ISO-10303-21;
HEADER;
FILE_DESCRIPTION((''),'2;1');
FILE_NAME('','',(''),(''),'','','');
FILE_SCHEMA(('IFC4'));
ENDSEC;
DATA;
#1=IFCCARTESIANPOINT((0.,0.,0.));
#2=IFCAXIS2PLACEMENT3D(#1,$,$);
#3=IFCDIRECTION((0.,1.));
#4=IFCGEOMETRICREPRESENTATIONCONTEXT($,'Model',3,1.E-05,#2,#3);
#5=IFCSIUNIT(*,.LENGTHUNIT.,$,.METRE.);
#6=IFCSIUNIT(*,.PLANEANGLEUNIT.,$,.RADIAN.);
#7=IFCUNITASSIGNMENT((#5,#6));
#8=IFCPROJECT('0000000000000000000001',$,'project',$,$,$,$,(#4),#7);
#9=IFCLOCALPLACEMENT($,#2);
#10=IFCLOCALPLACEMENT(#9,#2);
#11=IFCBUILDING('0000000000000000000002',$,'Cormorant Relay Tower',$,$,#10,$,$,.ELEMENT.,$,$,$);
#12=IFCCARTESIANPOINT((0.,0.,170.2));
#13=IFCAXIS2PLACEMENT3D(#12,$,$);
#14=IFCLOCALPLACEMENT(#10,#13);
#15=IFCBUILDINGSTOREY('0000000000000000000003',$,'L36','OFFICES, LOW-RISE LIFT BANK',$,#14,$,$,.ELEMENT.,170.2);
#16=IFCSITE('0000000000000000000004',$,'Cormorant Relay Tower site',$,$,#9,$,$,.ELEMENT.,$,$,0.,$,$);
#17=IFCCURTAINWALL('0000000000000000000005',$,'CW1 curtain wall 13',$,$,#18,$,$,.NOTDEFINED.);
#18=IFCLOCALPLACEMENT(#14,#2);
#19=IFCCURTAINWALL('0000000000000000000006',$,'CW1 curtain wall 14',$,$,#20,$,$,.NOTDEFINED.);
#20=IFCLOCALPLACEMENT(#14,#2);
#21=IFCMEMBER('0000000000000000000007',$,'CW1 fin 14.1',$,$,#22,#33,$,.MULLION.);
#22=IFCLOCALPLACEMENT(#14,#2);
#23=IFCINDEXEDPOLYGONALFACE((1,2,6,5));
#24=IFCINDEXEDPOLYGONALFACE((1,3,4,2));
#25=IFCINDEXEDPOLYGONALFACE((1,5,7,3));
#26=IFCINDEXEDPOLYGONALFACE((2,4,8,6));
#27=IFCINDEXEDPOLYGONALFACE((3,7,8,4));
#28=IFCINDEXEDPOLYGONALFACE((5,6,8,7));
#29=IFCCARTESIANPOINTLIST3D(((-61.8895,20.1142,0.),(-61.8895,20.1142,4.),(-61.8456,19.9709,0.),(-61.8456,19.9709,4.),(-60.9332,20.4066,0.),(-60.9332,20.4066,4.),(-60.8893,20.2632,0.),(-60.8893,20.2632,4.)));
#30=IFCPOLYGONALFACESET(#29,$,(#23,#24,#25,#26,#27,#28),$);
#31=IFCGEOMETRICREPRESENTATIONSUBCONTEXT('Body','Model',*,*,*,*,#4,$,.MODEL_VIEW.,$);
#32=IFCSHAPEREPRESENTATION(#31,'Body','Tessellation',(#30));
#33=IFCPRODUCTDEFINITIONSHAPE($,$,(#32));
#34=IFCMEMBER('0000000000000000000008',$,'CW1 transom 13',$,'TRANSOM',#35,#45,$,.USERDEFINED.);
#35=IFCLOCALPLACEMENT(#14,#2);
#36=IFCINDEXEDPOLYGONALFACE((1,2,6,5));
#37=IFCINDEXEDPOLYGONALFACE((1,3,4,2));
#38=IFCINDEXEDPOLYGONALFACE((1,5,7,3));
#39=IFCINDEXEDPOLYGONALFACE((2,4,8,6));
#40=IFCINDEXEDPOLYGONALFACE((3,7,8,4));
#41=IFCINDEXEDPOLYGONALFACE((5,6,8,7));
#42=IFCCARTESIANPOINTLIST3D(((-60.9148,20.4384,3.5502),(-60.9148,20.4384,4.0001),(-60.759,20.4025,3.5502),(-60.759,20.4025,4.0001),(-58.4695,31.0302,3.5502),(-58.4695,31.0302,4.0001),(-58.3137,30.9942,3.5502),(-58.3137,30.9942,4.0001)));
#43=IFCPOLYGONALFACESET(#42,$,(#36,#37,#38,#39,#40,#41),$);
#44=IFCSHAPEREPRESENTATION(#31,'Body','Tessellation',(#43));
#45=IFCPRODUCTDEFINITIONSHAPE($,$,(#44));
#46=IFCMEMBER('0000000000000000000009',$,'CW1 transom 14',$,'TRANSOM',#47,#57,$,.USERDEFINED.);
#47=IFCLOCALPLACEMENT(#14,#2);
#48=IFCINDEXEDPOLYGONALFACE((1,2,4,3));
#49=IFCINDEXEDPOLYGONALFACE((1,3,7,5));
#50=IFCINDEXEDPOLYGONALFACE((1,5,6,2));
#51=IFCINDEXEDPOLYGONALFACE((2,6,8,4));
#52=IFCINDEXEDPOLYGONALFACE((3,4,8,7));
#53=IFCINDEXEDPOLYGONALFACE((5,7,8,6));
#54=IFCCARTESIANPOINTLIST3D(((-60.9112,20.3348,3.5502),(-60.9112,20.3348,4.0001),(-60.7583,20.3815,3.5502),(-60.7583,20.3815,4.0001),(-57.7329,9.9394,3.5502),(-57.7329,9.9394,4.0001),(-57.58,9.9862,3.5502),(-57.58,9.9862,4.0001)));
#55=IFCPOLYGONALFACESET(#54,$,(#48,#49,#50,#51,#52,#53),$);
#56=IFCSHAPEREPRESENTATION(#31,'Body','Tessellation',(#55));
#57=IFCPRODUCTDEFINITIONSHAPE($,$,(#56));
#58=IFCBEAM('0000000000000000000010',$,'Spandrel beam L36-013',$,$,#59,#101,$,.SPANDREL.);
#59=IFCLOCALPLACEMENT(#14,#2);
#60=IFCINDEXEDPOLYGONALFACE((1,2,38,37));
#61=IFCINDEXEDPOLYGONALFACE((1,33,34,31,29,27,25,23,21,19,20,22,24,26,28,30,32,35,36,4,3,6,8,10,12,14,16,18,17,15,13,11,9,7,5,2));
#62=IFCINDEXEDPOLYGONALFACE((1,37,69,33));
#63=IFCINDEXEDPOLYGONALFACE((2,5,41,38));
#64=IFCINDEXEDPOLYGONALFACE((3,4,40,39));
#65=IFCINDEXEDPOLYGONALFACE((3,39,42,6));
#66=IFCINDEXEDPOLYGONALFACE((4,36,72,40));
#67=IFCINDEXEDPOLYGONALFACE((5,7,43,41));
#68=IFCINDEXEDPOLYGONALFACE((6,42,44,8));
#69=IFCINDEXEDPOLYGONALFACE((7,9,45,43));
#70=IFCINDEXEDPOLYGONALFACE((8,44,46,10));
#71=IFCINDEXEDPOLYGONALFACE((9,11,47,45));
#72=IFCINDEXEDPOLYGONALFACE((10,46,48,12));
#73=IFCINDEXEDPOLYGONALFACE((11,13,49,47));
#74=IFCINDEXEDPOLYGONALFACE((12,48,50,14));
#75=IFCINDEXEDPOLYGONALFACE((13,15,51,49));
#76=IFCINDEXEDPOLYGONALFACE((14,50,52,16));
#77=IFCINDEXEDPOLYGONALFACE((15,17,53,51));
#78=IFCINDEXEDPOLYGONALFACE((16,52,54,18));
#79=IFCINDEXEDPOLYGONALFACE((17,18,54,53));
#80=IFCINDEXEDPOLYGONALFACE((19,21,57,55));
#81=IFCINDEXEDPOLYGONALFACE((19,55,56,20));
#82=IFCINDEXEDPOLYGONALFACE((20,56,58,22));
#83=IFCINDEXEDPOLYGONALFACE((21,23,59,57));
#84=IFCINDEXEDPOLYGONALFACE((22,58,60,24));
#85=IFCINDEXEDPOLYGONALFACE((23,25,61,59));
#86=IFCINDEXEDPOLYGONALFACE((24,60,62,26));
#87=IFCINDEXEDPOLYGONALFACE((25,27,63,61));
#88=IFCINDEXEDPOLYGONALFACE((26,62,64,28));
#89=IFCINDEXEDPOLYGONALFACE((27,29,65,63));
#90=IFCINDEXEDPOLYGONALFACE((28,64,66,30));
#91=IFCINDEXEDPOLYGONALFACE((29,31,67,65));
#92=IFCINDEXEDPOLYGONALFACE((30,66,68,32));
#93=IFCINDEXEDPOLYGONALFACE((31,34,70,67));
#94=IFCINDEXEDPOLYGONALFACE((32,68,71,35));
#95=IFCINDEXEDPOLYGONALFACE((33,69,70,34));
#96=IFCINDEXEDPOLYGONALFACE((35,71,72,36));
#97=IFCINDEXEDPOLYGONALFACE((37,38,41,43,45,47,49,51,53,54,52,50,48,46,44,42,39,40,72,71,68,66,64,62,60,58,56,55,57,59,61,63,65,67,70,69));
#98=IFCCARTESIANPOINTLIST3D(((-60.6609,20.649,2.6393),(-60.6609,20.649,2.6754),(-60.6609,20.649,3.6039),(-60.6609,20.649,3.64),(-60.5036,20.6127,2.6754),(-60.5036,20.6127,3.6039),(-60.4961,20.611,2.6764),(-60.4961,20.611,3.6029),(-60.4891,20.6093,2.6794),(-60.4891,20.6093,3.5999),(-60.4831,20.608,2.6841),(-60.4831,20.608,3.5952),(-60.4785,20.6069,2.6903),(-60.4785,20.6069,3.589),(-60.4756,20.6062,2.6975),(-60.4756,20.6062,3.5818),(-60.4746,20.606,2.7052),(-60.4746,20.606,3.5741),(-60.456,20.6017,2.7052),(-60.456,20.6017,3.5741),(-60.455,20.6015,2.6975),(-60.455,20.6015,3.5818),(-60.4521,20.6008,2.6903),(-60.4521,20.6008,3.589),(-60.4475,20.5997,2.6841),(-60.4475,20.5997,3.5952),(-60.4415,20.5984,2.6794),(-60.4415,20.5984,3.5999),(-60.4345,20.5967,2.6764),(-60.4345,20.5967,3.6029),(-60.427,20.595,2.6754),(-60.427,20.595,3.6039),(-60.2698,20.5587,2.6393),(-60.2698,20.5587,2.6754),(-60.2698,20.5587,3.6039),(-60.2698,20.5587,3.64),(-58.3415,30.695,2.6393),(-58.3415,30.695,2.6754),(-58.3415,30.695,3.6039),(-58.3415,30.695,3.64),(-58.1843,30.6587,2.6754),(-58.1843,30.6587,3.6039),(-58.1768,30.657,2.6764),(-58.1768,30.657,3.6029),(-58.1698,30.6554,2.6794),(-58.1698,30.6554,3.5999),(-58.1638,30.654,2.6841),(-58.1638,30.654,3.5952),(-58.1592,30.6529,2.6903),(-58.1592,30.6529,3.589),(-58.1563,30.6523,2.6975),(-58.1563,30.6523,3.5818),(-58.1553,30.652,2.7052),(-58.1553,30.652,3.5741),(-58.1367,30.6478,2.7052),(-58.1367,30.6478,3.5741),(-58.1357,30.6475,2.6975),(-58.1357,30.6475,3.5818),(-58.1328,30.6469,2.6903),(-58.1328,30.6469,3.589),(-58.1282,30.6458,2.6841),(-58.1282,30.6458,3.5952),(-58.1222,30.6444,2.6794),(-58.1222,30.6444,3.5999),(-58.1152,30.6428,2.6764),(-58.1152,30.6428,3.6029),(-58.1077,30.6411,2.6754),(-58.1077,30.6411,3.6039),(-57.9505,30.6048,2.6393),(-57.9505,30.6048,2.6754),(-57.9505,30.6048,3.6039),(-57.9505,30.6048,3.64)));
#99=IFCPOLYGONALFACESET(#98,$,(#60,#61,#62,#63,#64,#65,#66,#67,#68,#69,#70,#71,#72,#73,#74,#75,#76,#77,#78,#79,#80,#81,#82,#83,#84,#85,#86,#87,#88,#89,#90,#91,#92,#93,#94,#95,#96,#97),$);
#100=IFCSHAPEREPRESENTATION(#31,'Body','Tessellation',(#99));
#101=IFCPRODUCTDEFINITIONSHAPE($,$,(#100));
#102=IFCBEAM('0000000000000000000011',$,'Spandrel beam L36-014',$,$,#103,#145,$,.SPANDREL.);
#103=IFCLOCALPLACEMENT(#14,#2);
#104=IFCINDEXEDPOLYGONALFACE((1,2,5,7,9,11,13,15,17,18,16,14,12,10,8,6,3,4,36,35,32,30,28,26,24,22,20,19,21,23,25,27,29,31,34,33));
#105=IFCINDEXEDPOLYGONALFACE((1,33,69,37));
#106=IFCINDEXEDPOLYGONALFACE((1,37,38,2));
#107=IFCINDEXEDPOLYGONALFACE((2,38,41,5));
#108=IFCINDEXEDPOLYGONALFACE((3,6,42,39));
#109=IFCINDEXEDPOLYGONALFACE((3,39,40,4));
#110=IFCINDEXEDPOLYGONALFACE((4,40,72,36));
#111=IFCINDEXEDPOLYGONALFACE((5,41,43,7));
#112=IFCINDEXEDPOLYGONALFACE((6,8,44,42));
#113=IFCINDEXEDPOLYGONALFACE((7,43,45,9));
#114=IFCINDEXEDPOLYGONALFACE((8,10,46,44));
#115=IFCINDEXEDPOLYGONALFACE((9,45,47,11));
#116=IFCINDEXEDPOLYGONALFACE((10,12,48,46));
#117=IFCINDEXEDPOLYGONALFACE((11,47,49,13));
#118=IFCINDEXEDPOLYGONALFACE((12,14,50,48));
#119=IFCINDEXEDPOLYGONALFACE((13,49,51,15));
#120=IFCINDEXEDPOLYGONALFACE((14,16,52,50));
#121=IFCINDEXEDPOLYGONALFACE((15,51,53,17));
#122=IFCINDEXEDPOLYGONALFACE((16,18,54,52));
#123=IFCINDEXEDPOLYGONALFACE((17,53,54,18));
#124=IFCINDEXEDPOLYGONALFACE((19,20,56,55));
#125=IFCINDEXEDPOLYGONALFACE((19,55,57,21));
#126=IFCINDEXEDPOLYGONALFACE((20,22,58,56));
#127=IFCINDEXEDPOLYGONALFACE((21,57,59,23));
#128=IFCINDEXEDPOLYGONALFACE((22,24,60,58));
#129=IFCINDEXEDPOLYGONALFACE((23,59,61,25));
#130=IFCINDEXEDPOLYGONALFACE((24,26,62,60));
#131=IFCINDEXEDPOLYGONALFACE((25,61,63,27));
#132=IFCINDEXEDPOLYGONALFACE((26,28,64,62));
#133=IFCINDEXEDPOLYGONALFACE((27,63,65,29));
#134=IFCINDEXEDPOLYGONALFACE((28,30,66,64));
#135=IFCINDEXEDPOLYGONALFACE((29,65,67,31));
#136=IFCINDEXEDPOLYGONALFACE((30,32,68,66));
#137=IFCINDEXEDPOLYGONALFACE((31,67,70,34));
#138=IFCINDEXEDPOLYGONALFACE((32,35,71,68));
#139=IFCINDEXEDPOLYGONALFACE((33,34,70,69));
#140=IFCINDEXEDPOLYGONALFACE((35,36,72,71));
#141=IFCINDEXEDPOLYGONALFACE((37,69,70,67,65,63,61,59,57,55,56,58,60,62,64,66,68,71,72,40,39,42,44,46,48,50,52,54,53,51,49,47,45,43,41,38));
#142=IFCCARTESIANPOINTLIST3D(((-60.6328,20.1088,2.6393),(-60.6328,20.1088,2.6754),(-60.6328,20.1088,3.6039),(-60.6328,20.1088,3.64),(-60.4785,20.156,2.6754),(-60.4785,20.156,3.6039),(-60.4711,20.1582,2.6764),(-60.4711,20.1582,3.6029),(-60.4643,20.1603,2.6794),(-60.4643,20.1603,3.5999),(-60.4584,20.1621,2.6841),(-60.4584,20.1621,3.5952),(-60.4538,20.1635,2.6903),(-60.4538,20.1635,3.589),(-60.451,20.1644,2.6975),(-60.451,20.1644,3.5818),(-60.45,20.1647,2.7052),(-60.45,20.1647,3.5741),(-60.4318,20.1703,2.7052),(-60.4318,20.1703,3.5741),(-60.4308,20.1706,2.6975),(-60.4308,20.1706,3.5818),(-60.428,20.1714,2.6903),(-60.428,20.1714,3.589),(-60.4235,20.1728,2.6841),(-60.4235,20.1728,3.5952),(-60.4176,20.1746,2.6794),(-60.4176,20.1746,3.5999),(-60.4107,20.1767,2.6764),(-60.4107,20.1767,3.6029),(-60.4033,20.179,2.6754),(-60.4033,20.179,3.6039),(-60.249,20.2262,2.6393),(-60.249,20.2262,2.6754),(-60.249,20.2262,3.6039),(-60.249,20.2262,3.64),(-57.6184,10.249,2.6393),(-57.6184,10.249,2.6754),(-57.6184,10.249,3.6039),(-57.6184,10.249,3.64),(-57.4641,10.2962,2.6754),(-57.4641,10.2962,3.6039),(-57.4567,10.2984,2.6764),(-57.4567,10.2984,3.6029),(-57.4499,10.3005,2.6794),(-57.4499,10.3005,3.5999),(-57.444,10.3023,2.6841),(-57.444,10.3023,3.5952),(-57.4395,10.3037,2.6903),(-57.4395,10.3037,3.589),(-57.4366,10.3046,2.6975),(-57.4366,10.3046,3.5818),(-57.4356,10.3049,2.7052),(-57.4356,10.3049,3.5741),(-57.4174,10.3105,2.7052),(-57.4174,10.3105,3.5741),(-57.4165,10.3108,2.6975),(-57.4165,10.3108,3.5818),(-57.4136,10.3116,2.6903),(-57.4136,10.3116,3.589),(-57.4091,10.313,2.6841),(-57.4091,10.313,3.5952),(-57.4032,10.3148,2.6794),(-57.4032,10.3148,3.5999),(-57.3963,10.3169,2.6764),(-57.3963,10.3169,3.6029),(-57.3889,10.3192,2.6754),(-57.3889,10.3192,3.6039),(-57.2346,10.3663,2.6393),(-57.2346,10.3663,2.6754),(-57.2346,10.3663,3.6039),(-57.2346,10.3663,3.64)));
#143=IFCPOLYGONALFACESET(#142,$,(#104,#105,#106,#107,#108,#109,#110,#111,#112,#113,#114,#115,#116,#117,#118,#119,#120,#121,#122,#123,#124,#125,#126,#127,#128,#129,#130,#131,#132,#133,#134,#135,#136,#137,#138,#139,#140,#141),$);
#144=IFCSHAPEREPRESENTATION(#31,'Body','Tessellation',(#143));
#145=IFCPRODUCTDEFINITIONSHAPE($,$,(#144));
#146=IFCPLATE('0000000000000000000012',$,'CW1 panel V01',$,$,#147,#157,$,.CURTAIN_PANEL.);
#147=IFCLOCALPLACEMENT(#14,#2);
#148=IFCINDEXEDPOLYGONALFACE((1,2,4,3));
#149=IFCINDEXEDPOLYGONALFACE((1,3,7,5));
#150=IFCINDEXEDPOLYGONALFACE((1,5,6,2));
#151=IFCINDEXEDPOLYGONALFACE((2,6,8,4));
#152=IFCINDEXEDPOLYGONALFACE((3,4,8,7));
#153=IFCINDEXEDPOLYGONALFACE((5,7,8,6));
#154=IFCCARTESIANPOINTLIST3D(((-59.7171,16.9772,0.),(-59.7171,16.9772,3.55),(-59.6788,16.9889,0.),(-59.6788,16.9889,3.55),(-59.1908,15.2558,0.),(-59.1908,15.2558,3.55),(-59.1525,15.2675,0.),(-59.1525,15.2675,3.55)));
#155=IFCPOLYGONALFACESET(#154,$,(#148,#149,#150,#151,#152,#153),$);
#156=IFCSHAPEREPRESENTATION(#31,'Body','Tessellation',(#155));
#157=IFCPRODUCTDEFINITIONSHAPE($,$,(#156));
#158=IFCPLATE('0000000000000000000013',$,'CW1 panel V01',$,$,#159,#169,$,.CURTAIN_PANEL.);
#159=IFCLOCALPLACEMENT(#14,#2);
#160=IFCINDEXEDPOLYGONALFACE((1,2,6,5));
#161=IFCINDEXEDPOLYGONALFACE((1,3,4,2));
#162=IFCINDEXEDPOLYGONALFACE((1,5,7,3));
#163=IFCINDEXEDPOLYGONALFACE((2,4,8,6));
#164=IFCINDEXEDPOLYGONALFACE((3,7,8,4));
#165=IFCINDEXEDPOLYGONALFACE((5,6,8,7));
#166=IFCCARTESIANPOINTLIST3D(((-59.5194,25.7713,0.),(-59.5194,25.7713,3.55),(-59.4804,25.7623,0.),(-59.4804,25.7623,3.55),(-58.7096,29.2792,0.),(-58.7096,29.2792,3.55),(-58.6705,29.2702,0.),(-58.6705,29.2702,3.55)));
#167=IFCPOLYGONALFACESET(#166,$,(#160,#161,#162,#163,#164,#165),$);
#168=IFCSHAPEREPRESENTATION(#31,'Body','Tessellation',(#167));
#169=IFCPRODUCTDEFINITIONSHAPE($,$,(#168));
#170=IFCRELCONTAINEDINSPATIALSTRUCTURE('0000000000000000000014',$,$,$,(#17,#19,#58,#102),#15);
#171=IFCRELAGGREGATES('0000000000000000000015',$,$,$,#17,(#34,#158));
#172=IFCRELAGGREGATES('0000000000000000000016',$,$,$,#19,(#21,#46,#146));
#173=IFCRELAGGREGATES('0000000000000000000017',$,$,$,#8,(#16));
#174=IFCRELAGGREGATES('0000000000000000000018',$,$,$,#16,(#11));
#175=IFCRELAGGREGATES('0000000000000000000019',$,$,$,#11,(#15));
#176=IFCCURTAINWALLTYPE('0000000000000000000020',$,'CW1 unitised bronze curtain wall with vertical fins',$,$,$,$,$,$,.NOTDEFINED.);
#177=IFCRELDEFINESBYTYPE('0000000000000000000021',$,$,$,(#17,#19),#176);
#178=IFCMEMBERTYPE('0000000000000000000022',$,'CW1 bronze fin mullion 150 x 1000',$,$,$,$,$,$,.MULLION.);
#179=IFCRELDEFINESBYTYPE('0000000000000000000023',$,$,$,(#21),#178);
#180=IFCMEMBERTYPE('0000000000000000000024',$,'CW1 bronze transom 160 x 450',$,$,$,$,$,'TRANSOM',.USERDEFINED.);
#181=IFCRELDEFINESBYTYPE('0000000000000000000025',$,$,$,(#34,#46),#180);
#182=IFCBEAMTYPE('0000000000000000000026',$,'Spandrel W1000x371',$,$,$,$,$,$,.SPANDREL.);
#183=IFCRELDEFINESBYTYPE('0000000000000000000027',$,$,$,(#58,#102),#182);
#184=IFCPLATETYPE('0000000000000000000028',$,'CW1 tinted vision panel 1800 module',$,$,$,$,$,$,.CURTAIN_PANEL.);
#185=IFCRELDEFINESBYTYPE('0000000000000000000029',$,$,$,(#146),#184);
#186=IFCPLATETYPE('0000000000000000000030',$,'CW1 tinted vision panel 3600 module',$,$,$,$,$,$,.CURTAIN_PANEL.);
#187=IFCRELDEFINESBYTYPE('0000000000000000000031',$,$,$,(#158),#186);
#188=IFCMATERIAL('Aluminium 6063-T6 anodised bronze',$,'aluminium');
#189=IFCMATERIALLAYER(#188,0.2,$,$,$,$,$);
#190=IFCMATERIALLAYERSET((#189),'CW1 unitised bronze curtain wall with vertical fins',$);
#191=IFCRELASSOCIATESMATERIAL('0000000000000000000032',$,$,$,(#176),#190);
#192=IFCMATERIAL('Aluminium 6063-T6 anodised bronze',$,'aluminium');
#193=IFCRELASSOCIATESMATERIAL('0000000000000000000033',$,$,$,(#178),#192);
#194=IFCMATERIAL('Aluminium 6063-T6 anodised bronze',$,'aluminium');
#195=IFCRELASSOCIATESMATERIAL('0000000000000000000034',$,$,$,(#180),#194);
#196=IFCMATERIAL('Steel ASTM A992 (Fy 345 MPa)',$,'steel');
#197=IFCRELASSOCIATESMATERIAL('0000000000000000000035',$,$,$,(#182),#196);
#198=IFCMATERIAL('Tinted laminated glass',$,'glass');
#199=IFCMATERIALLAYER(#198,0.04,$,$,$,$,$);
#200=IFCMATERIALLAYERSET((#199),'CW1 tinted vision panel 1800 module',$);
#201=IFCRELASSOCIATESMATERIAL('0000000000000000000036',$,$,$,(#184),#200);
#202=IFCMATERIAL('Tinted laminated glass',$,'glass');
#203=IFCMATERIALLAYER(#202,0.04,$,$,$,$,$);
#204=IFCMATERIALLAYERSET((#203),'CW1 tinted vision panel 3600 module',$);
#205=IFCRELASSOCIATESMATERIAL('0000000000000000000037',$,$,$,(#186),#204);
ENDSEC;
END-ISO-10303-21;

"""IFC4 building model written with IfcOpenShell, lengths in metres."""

from ifc_helpers import new_model, si_unit, direction, frame, origin, origin_2d, place, context, subcontext, project, spatial, rectangle, i_section, extrude, material, layer, layer_set, material_profile, profile_set, type_object, element, aggregate, save


model = new_model("IFC4")

# Units and contexts
model_context = context("Model", 3, precision=1e-05, world=origin(), true_north=direction((0.0, 1.0)))
body_context = subcontext(model_context, "Body", "Model", "MODEL_VIEW")
ifc_project = project(units=[si_unit("LENGTHUNIT", "METRE"), si_unit("PLANEANGLEUNIT", "RADIAN")], contexts=[model_context])

# Site, building, storey
site_placement = place(None, origin())
site = spatial("IfcSite", under=ifc_project, at=site_placement, Name="Cormorant Relay Tower site", CompositionType="ELEMENT", RefElevation=0.0)
building_placement = place(site_placement, origin())
building = spatial("IfcBuilding", under=site, at=building_placement, Name="Cormorant Relay Tower", CompositionType="ELEMENT")
storey_placement = place(building_placement, frame((0.0, 0.0, 170.2)))
storey = spatial("IfcBuildingStorey", under=building, at=storey_placement, Name="L36", Description="OFFICES, LOW-RISE LIFT BANK", CompositionType="ELEMENT", Elevation=170.2)

# Curtain walls, member
ifc_material_1 = material(Name="Aluminium 6063-T6 anodised bronze", Category="aluminium")
ifc_layer_1 = layer(ifc_material_1, 0.2)
ifc_layer_set_1 = layer_set([ifc_layer_1], Name="CW1 unitised bronze curtain wall with vertical fins")
curtain_wall_type = type_object("IfcCurtainWallType", Name="CW1 unitised bronze curtain wall with vertical fins", PredefinedType="NOTDEFINED", material=ifc_layer_set_1)
curtain_wall_1_placement = place(storey_placement, origin())
curtain_wall_1 = element("IfcCurtainWall", 1, at=curtain_wall_1_placement, inside=storey, type_object=curtain_wall_type, Name="CW1 curtain wall 13", PredefinedType="NOTDEFINED")
ifc_material_2 = material(Name="Aluminium 6063-T6 anodised bronze", Category="aluminium")
ifc_material_profile_1 = material_profile(ifc_material_2, rectangle(XDim=0.1499, YDim=1.0, at=origin_2d()), Name="AL 150x1000")
ifc_profile_set_1 = profile_set([ifc_material_profile_1], Name="Aluminium 6063-T6 anodised bronze")
member_type_1 = type_object("IfcMemberType", Name="CW1 bronze fin mullion 150 x 1000", PredefinedType="MULLION", material=ifc_profile_set_1)
curtain_wall_2_placement = place(storey_placement, origin())
curtain_wall_2 = element("IfcCurtainWall", 2, at=curtain_wall_2_placement, inside=storey, type_object=curtain_wall_type, Name="CW1 curtain wall 14", PredefinedType="NOTDEFINED")
member_1_placement = place(storey_placement, frame((-61.3894, 20.1887, 0.0), z_axis=(0.0, 0.0, 1.0), x_axis=(0.292372, -0.956305, 0.0)))
member_1 = element("IfcMember", 3, at=member_1_placement, type_object=member_type_1, Name="CW1 fin 14.1", PredefinedType="MULLION", context=body_context, shape_type="SweptSolid", body=[
    extrude(rectangle(XDim=0.1499, YDim=1.0, at=origin_2d()), origin(), (0.0, 0.0, 1.0), 4.0),
])

# Members
ifc_material_3 = material(Name="Aluminium 6063-T6 anodised bronze", Category="aluminium")
ifc_material_profile_2 = material_profile(ifc_material_3, rectangle(XDim=0.1599, YDim=0.45, at=origin_2d()), Name="AL 160x450")
ifc_profile_set_2 = profile_set([ifc_material_profile_2], Name="Aluminium 6063-T6 anodised bronze")
member_type_2 = type_object("IfcMemberType", Name="CW1 bronze transom 160 x 450", ElementType="TRANSOM", PredefinedType="USERDEFINED", material=ifc_profile_set_2)
member_2_placement = place(storey_placement, frame((-58.3916, 31.0122, 3.7751), z_axis=(-0.224951, -0.97437, 0.0), x_axis=(0.97437, -0.224951, 0.0)))
member_2 = element("IfcMember", 4, at=member_2_placement, type_object=member_type_2, Name="CW1 transom 13", ObjectType="TRANSOM", PredefinedType="USERDEFINED", context=body_context, shape_type="SweptSolid", body=[
    extrude(rectangle(XDim=0.1599, YDim=0.45, at=origin_2d()), origin(), (0.0, 0.0, 1.0), 10.8704),
])
member_3_placement = place(storey_placement, frame((-60.8347, 20.3582, 3.7751), z_axis=(0.292378, -0.956303, 0.0), x_axis=(0.956303, 0.292378, 0.0)))
member_3 = element("IfcMember", 5, at=member_3_placement, type_object=member_type_2, Name="CW1 transom 14", ObjectType="TRANSOM", PredefinedType="USERDEFINED", context=body_context, shape_type="SweptSolid", body=[
    extrude(rectangle(XDim=0.1599, YDim=0.45, at=origin_2d()), origin(), (0.0, 0.0, 1.0), 10.8704),
])

# Beams
ifc_material_4 = material(Name="Steel ASTM A992 (Fy 345 MPa)", Category="steel")
ifc_material_profile_3 = material_profile(ifc_material_4, i_section(OverallWidth=0.4014, OverallDepth=1.0007, WebThickness=0.019, FlangeThickness=0.0361, FilletRadius=0.0298, at=origin_2d()), Name="W1000x371")
ifc_profile_set_3 = profile_set([ifc_material_profile_3], Name="Steel ASTM A992 (Fy 345 MPa)")
beam_type = type_object("IfcBeamType", Name="Spandrel W1000x371", PredefinedType="SPANDREL", material=ifc_profile_set_3)
for number, where, z_axis, x_axis, name in (
    (6, (-58.146, 30.6499, 3.1396), (-0.224951, -0.97437, 0.0), (0.97437, -0.224951, 0.0), "Spandrel beam L36-013"),
    (7, (-60.4409, 20.1675, 3.1396), (0.292367, -0.956306, 0.0), (0.956306, 0.292367, 0.0), "Spandrel beam L36-014"),
):
    element("IfcBeam", number, at=place(storey_placement, frame(where, z_axis=z_axis, x_axis=x_axis)), inside=storey, type_object=beam_type, Name=name, PredefinedType="SPANDREL", context=body_context, shape_type="SweptSolid", body=[
        extrude(i_section(OverallWidth=0.4014, OverallDepth=1.0007, WebThickness=0.019, FlangeThickness=0.0361, FilletRadius=0.0298, at=origin_2d()), origin(), (0.0, 0.0, 1.0), 10.3103),
    ])

# Plates
ifc_material_5 = material(Name="Tinted laminated glass", Category="glass")
ifc_layer_2 = layer(ifc_material_5, 0.04)
ifc_layer_set_2 = layer_set([ifc_layer_2], Name="CW1 tinted vision panel 1800 module")
plate_type_1 = type_object("IfcPlateType", Name="CW1 tinted vision panel 1800 module", PredefinedType="CURTAIN_PANEL", material=ifc_layer_set_2)
plate_1_placement = place(storey_placement, frame((-59.4348, 16.1223, 0.0), z_axis=(0.0, 0.0, 1.0), x_axis=(0.292372, -0.956305, 0.0)))
plate_1 = element("IfcPlate", 8, at=plate_1_placement, type_object=plate_type_1, Name="CW1 panel V01", PredefinedType="CURTAIN_PANEL", context=body_context, shape_type="SweptSolid", body=[
    extrude(rectangle(XDim=1.8, YDim=0.04, at=origin_2d()), origin(), (0.0, 0.0, 1.0), 3.55),
])
ifc_material_6 = material(Name="Tinted laminated glass", Category="glass")
ifc_layer_3 = layer(ifc_material_6, 0.04)
ifc_layer_set_3 = layer_set([ifc_layer_3], Name="CW1 tinted vision panel 3600 module")
plate_type_2 = type_object("IfcPlateType", Name="CW1 tinted vision panel 3600 module", PredefinedType="CURTAIN_PANEL", material=ifc_layer_set_3)
plate_2_placement = place(storey_placement, frame((-59.095, 27.5208, 0.0), z_axis=(0.0, 0.0, 1.0), x_axis=(-0.224951, -0.97437, 0.0)))
plate_2 = element("IfcPlate", 9, at=plate_2_placement, type_object=plate_type_2, Name="CW1 panel V01", PredefinedType="CURTAIN_PANEL", context=body_context, shape_type="SweptSolid", body=[
    extrude(rectangle(XDim=3.6001, YDim=0.04, at=origin_2d()), origin(), (0.0, 0.0, 1.0), 3.55),
])

aggregate(curtain_wall_1, [member_2, plate_2])
aggregate(curtain_wall_2, [member_1, member_3, plate_1])

save(model, "model.ifc")
